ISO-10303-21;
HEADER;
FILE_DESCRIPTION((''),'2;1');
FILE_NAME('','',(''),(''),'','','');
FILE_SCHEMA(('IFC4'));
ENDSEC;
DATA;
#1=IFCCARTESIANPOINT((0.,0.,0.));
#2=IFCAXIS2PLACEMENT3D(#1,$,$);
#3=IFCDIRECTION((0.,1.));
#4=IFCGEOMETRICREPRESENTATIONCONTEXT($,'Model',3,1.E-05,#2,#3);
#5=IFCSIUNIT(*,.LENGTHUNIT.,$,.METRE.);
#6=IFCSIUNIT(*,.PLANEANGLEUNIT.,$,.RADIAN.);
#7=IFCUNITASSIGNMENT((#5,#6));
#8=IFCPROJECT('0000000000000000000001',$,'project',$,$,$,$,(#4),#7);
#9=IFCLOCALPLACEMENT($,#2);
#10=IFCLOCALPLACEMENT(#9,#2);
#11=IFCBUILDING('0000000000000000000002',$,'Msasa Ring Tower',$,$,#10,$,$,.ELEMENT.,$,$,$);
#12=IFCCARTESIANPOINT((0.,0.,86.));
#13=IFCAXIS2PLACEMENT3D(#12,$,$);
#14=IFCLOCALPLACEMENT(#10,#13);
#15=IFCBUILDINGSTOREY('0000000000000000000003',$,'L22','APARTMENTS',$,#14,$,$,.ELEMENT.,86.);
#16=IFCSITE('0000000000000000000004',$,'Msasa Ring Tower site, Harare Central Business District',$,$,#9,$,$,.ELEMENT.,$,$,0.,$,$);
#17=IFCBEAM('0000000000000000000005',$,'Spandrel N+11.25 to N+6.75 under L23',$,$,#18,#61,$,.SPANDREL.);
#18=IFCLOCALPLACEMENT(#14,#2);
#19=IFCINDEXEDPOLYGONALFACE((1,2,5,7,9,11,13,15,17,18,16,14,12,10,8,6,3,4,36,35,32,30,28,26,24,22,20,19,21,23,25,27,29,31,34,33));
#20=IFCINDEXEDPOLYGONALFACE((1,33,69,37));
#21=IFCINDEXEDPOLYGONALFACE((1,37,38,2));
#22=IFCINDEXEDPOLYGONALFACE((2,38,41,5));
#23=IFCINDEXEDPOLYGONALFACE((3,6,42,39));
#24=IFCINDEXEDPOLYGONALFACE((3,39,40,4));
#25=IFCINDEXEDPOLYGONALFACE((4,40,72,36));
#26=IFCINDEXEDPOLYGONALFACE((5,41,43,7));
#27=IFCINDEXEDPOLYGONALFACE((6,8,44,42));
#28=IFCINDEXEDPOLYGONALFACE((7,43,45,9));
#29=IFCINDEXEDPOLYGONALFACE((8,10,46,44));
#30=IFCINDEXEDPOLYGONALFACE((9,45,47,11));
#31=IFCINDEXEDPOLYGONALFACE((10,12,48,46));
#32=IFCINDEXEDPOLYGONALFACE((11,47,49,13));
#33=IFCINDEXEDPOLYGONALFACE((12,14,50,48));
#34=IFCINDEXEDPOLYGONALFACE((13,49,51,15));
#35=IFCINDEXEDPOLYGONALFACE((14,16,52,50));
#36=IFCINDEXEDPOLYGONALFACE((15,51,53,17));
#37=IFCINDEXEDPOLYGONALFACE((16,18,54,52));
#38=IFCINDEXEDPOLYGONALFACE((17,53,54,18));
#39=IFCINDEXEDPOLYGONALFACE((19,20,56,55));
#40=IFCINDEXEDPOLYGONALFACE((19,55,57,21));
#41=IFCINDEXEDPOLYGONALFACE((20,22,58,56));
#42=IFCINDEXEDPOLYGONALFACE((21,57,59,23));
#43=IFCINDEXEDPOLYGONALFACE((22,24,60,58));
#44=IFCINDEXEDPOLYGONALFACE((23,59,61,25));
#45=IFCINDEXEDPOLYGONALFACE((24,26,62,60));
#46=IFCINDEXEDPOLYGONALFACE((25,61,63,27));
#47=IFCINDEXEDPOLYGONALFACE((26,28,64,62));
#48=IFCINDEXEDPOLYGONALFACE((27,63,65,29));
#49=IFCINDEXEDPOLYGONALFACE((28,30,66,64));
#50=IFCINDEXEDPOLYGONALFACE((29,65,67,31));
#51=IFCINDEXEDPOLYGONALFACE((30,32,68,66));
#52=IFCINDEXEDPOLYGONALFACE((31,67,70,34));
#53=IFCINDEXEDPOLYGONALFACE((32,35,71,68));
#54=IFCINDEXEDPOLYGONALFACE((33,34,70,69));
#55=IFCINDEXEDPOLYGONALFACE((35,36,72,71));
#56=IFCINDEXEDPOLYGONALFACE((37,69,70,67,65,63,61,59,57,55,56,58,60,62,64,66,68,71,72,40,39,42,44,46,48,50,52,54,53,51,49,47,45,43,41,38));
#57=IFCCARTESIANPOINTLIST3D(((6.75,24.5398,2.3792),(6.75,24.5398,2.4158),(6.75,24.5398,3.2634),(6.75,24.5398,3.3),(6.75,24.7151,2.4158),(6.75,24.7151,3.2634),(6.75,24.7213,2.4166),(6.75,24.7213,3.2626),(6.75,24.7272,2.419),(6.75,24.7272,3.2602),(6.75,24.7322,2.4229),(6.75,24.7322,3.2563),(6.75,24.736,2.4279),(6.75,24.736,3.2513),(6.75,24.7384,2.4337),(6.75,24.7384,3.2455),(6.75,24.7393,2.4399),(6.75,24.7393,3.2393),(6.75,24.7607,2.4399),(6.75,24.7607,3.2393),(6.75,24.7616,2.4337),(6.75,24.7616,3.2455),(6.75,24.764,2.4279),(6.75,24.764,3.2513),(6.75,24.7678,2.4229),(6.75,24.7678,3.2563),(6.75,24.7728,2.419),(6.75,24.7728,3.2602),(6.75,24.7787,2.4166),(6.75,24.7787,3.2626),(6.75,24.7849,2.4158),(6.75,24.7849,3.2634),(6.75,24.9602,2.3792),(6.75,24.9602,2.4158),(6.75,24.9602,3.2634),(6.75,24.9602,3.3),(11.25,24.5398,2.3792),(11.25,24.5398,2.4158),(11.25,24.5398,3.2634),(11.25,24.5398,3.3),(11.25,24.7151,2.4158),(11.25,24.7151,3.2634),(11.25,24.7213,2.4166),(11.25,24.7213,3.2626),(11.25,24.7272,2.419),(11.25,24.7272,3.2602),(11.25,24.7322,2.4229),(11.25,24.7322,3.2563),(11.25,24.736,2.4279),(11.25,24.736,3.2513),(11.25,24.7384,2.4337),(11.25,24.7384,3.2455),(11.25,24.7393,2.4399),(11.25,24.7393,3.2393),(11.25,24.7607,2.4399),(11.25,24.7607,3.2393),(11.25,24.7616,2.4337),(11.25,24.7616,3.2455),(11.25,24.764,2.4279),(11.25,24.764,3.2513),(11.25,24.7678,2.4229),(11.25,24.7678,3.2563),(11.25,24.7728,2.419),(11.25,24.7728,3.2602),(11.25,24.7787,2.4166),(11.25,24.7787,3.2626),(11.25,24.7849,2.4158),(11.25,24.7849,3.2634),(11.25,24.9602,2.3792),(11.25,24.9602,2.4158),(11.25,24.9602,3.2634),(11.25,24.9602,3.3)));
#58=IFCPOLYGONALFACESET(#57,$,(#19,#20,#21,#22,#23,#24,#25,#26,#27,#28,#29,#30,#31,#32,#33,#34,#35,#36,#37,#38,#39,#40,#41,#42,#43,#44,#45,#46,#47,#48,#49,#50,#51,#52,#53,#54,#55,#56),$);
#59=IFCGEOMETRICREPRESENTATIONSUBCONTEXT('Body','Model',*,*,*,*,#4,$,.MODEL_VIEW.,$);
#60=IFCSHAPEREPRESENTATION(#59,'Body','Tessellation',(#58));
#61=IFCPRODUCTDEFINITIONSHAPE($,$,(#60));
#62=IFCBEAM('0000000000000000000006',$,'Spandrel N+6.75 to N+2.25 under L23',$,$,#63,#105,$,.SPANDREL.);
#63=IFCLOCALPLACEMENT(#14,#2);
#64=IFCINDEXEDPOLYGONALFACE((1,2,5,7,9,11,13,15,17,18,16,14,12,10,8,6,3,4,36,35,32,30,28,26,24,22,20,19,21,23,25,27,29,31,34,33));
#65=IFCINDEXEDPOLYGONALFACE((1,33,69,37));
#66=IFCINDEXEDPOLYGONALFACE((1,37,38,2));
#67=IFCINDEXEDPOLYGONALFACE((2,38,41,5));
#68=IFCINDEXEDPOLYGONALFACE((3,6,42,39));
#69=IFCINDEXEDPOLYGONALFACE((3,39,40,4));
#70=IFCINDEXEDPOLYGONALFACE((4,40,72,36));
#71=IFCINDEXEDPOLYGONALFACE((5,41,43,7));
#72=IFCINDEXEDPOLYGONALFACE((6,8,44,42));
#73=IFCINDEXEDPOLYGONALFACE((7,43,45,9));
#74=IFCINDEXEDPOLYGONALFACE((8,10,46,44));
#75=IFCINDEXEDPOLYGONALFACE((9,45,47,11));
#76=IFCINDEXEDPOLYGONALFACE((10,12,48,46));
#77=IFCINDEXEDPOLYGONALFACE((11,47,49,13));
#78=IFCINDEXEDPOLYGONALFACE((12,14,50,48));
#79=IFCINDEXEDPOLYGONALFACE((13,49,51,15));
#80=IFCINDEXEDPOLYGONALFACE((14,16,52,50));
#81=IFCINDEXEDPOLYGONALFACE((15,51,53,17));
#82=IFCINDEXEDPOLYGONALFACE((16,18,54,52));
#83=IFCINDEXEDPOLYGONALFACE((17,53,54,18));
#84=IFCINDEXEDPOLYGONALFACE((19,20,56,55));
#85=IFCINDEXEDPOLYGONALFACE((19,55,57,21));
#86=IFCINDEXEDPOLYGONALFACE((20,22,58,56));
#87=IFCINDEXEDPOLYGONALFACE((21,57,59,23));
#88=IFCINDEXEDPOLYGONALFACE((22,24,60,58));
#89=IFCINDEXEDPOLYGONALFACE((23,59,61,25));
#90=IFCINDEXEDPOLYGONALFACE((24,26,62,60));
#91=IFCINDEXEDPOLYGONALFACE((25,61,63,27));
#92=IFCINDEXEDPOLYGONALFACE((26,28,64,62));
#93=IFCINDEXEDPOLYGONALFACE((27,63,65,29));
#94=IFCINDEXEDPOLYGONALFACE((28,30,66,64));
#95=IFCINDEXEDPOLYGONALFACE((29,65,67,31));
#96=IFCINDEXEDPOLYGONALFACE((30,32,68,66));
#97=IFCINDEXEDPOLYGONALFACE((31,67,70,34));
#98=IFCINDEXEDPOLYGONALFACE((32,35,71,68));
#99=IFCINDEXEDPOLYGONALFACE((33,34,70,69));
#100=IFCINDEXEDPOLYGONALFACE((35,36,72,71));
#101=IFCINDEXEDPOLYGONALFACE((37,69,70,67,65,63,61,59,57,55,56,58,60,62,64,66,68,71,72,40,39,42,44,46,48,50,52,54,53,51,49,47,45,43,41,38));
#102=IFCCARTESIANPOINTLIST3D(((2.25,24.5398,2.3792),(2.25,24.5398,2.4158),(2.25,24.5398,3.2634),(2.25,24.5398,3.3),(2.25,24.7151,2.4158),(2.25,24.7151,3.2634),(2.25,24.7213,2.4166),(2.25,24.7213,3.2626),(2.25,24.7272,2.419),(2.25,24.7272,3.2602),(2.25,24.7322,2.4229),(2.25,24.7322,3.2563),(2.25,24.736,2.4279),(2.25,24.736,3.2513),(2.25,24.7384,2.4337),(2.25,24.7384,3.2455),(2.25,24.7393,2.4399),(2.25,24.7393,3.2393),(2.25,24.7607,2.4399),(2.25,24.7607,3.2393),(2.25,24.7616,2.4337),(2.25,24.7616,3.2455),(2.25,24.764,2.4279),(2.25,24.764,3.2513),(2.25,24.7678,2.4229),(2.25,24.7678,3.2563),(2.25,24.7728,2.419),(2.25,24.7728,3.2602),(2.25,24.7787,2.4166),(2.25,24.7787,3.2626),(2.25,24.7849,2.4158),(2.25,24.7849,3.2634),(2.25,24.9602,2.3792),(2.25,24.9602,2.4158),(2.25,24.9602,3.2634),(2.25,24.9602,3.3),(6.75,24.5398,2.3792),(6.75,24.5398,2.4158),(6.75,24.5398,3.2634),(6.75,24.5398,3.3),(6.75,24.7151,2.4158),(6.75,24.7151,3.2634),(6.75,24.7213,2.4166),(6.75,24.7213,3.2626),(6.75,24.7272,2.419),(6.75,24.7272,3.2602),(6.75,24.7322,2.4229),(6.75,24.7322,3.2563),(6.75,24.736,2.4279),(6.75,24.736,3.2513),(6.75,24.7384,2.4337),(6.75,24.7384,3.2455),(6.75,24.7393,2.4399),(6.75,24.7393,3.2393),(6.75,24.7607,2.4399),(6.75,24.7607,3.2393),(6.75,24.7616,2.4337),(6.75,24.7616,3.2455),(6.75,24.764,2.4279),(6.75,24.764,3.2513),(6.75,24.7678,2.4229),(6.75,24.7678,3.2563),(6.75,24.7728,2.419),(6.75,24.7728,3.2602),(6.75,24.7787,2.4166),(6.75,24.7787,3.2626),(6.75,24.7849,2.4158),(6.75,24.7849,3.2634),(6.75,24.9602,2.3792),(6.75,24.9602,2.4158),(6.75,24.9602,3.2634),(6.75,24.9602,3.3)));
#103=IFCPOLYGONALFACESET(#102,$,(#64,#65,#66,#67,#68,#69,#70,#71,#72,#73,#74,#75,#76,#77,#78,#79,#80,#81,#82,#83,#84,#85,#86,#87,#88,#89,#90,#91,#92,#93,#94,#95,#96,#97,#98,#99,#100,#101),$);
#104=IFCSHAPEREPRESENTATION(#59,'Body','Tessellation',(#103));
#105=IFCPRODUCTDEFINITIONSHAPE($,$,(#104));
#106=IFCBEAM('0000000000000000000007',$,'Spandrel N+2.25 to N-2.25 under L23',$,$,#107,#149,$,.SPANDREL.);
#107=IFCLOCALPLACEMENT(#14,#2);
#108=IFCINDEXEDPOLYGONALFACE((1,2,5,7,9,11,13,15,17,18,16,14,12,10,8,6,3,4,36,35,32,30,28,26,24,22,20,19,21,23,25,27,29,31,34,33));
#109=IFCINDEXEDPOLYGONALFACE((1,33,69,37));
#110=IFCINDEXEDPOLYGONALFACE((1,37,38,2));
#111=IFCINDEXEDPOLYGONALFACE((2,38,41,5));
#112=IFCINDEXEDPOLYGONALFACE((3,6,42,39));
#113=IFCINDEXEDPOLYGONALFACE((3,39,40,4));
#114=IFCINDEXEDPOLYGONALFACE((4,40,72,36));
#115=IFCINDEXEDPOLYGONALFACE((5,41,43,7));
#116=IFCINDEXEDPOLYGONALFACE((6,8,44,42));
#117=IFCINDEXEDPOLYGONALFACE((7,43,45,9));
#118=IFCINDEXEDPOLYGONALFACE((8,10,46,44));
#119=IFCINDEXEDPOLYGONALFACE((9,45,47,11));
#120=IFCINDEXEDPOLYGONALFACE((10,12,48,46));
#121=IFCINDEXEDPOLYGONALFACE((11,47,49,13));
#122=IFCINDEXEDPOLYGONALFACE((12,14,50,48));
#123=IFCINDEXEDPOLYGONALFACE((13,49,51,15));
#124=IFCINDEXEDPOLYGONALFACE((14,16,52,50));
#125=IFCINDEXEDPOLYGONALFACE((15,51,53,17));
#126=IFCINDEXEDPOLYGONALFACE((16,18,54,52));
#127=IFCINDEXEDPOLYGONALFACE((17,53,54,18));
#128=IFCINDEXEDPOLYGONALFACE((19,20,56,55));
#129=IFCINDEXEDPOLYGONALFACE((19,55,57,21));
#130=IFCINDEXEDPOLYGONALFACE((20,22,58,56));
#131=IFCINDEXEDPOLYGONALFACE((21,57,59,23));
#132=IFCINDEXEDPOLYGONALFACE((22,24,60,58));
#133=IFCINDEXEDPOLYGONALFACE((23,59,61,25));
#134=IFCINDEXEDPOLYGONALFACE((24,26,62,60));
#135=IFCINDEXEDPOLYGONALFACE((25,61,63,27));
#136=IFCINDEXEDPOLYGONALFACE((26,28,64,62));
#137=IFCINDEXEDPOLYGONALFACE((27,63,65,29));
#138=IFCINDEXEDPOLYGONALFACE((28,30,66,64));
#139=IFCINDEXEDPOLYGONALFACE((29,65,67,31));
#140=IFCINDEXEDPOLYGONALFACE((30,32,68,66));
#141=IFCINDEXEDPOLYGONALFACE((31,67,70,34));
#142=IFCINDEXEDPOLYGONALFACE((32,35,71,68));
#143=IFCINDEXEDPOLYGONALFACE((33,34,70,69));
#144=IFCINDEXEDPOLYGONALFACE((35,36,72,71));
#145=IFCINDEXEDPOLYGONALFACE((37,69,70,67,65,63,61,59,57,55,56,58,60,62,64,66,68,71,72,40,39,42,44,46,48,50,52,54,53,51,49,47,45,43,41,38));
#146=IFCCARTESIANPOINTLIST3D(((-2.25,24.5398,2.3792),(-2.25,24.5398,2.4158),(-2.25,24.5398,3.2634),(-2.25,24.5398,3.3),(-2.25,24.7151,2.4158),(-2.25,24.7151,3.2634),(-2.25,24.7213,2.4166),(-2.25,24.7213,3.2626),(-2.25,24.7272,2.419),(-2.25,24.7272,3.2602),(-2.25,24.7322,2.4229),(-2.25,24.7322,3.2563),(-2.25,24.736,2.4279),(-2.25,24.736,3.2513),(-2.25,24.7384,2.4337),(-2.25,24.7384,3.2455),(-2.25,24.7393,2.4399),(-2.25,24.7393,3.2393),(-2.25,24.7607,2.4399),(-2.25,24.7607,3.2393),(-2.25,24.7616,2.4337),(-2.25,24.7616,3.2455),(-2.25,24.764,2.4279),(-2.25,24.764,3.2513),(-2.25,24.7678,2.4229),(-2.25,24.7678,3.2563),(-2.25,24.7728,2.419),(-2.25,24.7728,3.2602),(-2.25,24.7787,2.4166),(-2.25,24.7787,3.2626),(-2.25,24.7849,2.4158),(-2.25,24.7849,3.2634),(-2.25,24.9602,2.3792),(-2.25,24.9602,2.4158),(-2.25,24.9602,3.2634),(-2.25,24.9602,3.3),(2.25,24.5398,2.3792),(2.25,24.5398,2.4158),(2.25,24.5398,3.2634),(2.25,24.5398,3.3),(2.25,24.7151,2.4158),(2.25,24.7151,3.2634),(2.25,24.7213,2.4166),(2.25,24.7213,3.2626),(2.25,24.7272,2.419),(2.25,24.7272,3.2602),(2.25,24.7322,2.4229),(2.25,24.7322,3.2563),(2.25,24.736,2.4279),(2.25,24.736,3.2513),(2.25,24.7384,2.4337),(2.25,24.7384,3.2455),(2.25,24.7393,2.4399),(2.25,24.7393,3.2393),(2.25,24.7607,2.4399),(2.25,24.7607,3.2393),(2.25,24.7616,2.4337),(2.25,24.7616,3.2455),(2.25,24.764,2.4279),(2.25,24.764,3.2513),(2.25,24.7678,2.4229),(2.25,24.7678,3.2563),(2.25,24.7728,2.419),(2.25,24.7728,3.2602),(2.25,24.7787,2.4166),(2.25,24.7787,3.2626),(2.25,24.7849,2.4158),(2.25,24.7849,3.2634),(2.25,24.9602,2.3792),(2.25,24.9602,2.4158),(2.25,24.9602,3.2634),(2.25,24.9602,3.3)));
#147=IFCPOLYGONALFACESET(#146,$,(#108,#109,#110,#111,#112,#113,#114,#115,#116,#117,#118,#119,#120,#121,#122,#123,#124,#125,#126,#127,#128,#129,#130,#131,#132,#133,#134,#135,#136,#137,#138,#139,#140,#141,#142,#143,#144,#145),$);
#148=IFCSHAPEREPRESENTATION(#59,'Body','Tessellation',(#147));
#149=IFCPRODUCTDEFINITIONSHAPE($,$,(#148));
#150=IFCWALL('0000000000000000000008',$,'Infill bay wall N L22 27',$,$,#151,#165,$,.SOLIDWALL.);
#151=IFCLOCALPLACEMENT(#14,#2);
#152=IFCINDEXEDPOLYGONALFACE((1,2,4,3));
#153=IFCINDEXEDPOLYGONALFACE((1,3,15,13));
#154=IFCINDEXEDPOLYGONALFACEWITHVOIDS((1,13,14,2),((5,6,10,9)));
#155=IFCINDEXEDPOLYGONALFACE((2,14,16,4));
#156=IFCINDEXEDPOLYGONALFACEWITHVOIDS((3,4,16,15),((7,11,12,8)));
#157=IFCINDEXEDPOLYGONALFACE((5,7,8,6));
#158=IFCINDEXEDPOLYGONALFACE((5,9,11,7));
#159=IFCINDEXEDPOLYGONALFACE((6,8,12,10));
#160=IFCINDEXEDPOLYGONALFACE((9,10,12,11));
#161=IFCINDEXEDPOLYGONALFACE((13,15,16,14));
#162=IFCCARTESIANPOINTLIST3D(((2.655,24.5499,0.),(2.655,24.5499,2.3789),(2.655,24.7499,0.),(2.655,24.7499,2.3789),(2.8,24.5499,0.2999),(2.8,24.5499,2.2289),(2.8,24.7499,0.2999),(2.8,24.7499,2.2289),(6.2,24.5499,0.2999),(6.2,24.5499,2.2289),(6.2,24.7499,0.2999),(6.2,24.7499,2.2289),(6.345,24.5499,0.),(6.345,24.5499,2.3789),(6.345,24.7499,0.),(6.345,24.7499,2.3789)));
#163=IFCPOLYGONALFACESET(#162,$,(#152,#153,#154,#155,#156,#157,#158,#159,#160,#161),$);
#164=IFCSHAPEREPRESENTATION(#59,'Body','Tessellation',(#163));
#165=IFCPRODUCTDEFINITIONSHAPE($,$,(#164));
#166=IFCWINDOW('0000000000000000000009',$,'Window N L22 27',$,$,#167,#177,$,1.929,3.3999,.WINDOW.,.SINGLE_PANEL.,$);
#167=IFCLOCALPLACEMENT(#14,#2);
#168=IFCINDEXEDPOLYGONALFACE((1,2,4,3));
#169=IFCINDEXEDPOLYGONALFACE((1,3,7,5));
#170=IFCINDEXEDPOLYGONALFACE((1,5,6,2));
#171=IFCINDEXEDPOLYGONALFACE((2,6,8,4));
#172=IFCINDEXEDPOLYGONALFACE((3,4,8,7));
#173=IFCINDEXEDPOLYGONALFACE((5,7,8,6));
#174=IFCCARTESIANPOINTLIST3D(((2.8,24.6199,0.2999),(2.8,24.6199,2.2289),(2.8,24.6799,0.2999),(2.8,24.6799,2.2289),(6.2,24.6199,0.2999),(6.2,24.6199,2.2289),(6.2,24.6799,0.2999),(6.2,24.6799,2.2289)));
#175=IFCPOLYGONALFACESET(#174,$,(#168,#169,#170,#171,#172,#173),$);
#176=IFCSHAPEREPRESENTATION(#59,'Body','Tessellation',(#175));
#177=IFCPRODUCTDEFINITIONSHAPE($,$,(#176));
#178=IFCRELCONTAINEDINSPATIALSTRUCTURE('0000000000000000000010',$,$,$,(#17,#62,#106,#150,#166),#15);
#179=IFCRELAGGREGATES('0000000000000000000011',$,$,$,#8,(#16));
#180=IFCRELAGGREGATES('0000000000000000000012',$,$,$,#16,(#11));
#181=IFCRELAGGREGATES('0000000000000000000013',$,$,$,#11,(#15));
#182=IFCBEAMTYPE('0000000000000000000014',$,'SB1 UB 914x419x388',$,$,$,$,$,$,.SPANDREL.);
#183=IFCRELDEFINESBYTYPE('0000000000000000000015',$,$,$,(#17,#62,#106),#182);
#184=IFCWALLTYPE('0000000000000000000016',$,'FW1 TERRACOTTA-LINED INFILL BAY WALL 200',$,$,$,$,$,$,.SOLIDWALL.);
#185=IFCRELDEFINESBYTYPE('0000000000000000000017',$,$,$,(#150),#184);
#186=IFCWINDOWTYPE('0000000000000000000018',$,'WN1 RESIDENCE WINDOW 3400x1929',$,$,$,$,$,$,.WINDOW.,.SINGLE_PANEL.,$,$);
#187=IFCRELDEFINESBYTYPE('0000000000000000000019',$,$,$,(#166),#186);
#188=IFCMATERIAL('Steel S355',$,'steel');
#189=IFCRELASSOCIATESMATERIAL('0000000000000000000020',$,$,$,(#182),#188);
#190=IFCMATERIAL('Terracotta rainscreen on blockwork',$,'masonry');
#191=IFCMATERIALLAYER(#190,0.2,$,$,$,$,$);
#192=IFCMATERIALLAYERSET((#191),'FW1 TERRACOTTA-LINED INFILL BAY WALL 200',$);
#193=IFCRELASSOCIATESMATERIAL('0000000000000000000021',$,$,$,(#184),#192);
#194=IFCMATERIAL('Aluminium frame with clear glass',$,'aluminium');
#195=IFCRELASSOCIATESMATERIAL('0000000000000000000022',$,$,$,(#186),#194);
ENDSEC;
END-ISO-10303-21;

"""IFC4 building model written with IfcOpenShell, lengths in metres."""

from ifc_helpers import new_model, si_unit, direction, frame, frame_2d, origin, origin_2d, place, context, subcontext, project, spatial, rectangle, i_section, extrude, material, layer, layer_set, material_profile, profile_set, type_object, element, fill, save


model = new_model("IFC4")

# Units and contexts
model_context = context("Model", 3, precision=1e-05, world=origin(), true_north=direction((0.0, 1.0)))
body_context = subcontext(model_context, "Body", "Model", "MODEL_VIEW")
ifc_project = project(units=[si_unit("LENGTHUNIT", "METRE"), si_unit("PLANEANGLEUNIT", "RADIAN")], contexts=[model_context])

# Site, building, storey
site_placement = place(None, origin())
site = spatial("IfcSite", under=ifc_project, at=site_placement, Name="Msasa Ring Tower site, Harare Central Business District", CompositionType="ELEMENT", RefElevation=0.0)
building_placement = place(site_placement, origin())
building = spatial("IfcBuilding", under=site, at=building_placement, Name="Msasa Ring Tower", CompositionType="ELEMENT")
storey_placement = place(building_placement, frame((0.0, 0.0, 86.0)))
storey = spatial("IfcBuildingStorey", under=building, at=storey_placement, Name="L22", Description="APARTMENTS", CompositionType="ELEMENT", Elevation=86.0)

# Beams
ifc_material_1 = material(Name="Steel S355", Category="steel")
ifc_material_profile_1 = material_profile(ifc_material_1, i_section(OverallWidth=0.4204, OverallDepth=0.9209, WebThickness=0.0215, FlangeThickness=0.0366, FilletRadius=0.0242, at=origin_2d()), Name="UB 914x419x388")
ifc_profile_set_1 = profile_set([ifc_material_profile_1], Name="Steel S355")
beam_type_1 = type_object("IfcBeamType", Name="SB1 UB 914x419x388", PredefinedType="SPANDREL", material=ifc_profile_set_1)
for number, where, z_axis, x_axis, name in (
    (1, (11.25, 24.75, 2.8396), (-1.0, 0.0, 0.0), (0.0, -1.0, 0.0), "Spandrel N+11.25 to N+6.75 under L23"),
    (2, (6.75, 24.75, 2.8396), (-1.0, 0.0, 0.0), (0.0, -1.0, 0.0), "Spandrel N+6.75 to N+2.25 under L23"),
    (3, (2.25, 24.75, 2.8396), (-1.0, 0.0, 0.0), (0.0, -1.0, 0.0), "Spandrel N+2.25 to N-2.25 under L23"),
):
    element("IfcBeam", number, at=place(storey_placement, frame(where, z_axis=z_axis, x_axis=x_axis)), inside=storey, type_object=beam_type_1, Name=name, PredefinedType="SPANDREL", context=body_context, shape_type="SweptSolid", body=[
        extrude(i_section(OverallWidth=0.4204, OverallDepth=0.9209, WebThickness=0.0215, FlangeThickness=0.0366, FilletRadius=0.0242, at=origin_2d()), origin(), (0.0, 0.0, 1.0), 4.5),
    ])

# Wall, opening, window
ifc_material_2 = material(Name="Terracotta rainscreen on blockwork", Category="masonry")
ifc_layer_1 = layer(ifc_material_2, 0.2)
ifc_layer_set_1 = layer_set([ifc_layer_1], Name="FW1 TERRACOTTA-LINED INFILL BAY WALL 200")
wall_type_1 = type_object("IfcWallType", Name="FW1 TERRACOTTA-LINED INFILL BAY WALL 200", PredefinedType="SOLIDWALL", material=ifc_layer_set_1)
wall_1_placement = place(storey_placement, frame((2.655, 24.6499, 0.0), z_axis=(0.0, 0.0, 1.0), x_axis=(1.0, 0.0, 0.0)))
wall_1 = element("IfcWall", 4, at=wall_1_placement, inside=storey, type_object=wall_type_1, Name="Infill bay wall N L22 27", PredefinedType="SOLIDWALL", context=body_context, shape_type="SweptSolid", body=[
    extrude(rectangle(XDim=3.6899, YDim=0.2, at=frame_2d((1.845, 0.0))), origin(), (0.0, 0.0, 1.0), 2.3789),
])
opening_1_placement = place(wall_1_placement, frame((0.145, 0.0, 0.3)))
opening_1 = element("IfcOpeningElement", 5, at=opening_1_placement, cuts=wall_1, PredefinedType="OPENING", context=body_context, shape_type="SweptSolid", body=[
    extrude(rectangle(XDim=3.3999, YDim=1.929, at=frame_2d((1.7, 0.9644))), frame((0.0, 0.1099, 0.0), z_axis=(0.0, -1.0, 0.0), x_axis=(1.0, 0.0, 0.0)), (0.0, 0.0, 1.0), 0.22),
])
ifc_material_3 = material(Name="Aluminium frame with clear glass", Category="aluminium")
window_type = type_object("IfcWindowType", Name="WN1 RESIDENCE WINDOW 3400x1929", PartitioningType="SINGLE_PANEL", PredefinedType="WINDOW", material=ifc_material_3)
window_1_placement = place(opening_1_placement, origin())
window_1 = element("IfcWindow", 6, at=window_1_placement, inside=storey, type_object=window_type, Name="Window N L22 27", OverallHeight=1.929, OverallWidth=3.3999, PartitioningType="SINGLE_PANEL", PredefinedType="WINDOW", context=body_context, shape_type="SweptSolid", body=[
    extrude(rectangle(XDim=3.3999, YDim=1.929, at=frame_2d((1.7, 0.9644))), frame((0.0, 0.03, 0.0), z_axis=(0.0, -1.0, 0.0), x_axis=(1.0, 0.0, 0.0)), (0.0, 0.0, 1.0), 0.0601),
])
fill(opening_1, window_1)

save(model, "model.ifc")
